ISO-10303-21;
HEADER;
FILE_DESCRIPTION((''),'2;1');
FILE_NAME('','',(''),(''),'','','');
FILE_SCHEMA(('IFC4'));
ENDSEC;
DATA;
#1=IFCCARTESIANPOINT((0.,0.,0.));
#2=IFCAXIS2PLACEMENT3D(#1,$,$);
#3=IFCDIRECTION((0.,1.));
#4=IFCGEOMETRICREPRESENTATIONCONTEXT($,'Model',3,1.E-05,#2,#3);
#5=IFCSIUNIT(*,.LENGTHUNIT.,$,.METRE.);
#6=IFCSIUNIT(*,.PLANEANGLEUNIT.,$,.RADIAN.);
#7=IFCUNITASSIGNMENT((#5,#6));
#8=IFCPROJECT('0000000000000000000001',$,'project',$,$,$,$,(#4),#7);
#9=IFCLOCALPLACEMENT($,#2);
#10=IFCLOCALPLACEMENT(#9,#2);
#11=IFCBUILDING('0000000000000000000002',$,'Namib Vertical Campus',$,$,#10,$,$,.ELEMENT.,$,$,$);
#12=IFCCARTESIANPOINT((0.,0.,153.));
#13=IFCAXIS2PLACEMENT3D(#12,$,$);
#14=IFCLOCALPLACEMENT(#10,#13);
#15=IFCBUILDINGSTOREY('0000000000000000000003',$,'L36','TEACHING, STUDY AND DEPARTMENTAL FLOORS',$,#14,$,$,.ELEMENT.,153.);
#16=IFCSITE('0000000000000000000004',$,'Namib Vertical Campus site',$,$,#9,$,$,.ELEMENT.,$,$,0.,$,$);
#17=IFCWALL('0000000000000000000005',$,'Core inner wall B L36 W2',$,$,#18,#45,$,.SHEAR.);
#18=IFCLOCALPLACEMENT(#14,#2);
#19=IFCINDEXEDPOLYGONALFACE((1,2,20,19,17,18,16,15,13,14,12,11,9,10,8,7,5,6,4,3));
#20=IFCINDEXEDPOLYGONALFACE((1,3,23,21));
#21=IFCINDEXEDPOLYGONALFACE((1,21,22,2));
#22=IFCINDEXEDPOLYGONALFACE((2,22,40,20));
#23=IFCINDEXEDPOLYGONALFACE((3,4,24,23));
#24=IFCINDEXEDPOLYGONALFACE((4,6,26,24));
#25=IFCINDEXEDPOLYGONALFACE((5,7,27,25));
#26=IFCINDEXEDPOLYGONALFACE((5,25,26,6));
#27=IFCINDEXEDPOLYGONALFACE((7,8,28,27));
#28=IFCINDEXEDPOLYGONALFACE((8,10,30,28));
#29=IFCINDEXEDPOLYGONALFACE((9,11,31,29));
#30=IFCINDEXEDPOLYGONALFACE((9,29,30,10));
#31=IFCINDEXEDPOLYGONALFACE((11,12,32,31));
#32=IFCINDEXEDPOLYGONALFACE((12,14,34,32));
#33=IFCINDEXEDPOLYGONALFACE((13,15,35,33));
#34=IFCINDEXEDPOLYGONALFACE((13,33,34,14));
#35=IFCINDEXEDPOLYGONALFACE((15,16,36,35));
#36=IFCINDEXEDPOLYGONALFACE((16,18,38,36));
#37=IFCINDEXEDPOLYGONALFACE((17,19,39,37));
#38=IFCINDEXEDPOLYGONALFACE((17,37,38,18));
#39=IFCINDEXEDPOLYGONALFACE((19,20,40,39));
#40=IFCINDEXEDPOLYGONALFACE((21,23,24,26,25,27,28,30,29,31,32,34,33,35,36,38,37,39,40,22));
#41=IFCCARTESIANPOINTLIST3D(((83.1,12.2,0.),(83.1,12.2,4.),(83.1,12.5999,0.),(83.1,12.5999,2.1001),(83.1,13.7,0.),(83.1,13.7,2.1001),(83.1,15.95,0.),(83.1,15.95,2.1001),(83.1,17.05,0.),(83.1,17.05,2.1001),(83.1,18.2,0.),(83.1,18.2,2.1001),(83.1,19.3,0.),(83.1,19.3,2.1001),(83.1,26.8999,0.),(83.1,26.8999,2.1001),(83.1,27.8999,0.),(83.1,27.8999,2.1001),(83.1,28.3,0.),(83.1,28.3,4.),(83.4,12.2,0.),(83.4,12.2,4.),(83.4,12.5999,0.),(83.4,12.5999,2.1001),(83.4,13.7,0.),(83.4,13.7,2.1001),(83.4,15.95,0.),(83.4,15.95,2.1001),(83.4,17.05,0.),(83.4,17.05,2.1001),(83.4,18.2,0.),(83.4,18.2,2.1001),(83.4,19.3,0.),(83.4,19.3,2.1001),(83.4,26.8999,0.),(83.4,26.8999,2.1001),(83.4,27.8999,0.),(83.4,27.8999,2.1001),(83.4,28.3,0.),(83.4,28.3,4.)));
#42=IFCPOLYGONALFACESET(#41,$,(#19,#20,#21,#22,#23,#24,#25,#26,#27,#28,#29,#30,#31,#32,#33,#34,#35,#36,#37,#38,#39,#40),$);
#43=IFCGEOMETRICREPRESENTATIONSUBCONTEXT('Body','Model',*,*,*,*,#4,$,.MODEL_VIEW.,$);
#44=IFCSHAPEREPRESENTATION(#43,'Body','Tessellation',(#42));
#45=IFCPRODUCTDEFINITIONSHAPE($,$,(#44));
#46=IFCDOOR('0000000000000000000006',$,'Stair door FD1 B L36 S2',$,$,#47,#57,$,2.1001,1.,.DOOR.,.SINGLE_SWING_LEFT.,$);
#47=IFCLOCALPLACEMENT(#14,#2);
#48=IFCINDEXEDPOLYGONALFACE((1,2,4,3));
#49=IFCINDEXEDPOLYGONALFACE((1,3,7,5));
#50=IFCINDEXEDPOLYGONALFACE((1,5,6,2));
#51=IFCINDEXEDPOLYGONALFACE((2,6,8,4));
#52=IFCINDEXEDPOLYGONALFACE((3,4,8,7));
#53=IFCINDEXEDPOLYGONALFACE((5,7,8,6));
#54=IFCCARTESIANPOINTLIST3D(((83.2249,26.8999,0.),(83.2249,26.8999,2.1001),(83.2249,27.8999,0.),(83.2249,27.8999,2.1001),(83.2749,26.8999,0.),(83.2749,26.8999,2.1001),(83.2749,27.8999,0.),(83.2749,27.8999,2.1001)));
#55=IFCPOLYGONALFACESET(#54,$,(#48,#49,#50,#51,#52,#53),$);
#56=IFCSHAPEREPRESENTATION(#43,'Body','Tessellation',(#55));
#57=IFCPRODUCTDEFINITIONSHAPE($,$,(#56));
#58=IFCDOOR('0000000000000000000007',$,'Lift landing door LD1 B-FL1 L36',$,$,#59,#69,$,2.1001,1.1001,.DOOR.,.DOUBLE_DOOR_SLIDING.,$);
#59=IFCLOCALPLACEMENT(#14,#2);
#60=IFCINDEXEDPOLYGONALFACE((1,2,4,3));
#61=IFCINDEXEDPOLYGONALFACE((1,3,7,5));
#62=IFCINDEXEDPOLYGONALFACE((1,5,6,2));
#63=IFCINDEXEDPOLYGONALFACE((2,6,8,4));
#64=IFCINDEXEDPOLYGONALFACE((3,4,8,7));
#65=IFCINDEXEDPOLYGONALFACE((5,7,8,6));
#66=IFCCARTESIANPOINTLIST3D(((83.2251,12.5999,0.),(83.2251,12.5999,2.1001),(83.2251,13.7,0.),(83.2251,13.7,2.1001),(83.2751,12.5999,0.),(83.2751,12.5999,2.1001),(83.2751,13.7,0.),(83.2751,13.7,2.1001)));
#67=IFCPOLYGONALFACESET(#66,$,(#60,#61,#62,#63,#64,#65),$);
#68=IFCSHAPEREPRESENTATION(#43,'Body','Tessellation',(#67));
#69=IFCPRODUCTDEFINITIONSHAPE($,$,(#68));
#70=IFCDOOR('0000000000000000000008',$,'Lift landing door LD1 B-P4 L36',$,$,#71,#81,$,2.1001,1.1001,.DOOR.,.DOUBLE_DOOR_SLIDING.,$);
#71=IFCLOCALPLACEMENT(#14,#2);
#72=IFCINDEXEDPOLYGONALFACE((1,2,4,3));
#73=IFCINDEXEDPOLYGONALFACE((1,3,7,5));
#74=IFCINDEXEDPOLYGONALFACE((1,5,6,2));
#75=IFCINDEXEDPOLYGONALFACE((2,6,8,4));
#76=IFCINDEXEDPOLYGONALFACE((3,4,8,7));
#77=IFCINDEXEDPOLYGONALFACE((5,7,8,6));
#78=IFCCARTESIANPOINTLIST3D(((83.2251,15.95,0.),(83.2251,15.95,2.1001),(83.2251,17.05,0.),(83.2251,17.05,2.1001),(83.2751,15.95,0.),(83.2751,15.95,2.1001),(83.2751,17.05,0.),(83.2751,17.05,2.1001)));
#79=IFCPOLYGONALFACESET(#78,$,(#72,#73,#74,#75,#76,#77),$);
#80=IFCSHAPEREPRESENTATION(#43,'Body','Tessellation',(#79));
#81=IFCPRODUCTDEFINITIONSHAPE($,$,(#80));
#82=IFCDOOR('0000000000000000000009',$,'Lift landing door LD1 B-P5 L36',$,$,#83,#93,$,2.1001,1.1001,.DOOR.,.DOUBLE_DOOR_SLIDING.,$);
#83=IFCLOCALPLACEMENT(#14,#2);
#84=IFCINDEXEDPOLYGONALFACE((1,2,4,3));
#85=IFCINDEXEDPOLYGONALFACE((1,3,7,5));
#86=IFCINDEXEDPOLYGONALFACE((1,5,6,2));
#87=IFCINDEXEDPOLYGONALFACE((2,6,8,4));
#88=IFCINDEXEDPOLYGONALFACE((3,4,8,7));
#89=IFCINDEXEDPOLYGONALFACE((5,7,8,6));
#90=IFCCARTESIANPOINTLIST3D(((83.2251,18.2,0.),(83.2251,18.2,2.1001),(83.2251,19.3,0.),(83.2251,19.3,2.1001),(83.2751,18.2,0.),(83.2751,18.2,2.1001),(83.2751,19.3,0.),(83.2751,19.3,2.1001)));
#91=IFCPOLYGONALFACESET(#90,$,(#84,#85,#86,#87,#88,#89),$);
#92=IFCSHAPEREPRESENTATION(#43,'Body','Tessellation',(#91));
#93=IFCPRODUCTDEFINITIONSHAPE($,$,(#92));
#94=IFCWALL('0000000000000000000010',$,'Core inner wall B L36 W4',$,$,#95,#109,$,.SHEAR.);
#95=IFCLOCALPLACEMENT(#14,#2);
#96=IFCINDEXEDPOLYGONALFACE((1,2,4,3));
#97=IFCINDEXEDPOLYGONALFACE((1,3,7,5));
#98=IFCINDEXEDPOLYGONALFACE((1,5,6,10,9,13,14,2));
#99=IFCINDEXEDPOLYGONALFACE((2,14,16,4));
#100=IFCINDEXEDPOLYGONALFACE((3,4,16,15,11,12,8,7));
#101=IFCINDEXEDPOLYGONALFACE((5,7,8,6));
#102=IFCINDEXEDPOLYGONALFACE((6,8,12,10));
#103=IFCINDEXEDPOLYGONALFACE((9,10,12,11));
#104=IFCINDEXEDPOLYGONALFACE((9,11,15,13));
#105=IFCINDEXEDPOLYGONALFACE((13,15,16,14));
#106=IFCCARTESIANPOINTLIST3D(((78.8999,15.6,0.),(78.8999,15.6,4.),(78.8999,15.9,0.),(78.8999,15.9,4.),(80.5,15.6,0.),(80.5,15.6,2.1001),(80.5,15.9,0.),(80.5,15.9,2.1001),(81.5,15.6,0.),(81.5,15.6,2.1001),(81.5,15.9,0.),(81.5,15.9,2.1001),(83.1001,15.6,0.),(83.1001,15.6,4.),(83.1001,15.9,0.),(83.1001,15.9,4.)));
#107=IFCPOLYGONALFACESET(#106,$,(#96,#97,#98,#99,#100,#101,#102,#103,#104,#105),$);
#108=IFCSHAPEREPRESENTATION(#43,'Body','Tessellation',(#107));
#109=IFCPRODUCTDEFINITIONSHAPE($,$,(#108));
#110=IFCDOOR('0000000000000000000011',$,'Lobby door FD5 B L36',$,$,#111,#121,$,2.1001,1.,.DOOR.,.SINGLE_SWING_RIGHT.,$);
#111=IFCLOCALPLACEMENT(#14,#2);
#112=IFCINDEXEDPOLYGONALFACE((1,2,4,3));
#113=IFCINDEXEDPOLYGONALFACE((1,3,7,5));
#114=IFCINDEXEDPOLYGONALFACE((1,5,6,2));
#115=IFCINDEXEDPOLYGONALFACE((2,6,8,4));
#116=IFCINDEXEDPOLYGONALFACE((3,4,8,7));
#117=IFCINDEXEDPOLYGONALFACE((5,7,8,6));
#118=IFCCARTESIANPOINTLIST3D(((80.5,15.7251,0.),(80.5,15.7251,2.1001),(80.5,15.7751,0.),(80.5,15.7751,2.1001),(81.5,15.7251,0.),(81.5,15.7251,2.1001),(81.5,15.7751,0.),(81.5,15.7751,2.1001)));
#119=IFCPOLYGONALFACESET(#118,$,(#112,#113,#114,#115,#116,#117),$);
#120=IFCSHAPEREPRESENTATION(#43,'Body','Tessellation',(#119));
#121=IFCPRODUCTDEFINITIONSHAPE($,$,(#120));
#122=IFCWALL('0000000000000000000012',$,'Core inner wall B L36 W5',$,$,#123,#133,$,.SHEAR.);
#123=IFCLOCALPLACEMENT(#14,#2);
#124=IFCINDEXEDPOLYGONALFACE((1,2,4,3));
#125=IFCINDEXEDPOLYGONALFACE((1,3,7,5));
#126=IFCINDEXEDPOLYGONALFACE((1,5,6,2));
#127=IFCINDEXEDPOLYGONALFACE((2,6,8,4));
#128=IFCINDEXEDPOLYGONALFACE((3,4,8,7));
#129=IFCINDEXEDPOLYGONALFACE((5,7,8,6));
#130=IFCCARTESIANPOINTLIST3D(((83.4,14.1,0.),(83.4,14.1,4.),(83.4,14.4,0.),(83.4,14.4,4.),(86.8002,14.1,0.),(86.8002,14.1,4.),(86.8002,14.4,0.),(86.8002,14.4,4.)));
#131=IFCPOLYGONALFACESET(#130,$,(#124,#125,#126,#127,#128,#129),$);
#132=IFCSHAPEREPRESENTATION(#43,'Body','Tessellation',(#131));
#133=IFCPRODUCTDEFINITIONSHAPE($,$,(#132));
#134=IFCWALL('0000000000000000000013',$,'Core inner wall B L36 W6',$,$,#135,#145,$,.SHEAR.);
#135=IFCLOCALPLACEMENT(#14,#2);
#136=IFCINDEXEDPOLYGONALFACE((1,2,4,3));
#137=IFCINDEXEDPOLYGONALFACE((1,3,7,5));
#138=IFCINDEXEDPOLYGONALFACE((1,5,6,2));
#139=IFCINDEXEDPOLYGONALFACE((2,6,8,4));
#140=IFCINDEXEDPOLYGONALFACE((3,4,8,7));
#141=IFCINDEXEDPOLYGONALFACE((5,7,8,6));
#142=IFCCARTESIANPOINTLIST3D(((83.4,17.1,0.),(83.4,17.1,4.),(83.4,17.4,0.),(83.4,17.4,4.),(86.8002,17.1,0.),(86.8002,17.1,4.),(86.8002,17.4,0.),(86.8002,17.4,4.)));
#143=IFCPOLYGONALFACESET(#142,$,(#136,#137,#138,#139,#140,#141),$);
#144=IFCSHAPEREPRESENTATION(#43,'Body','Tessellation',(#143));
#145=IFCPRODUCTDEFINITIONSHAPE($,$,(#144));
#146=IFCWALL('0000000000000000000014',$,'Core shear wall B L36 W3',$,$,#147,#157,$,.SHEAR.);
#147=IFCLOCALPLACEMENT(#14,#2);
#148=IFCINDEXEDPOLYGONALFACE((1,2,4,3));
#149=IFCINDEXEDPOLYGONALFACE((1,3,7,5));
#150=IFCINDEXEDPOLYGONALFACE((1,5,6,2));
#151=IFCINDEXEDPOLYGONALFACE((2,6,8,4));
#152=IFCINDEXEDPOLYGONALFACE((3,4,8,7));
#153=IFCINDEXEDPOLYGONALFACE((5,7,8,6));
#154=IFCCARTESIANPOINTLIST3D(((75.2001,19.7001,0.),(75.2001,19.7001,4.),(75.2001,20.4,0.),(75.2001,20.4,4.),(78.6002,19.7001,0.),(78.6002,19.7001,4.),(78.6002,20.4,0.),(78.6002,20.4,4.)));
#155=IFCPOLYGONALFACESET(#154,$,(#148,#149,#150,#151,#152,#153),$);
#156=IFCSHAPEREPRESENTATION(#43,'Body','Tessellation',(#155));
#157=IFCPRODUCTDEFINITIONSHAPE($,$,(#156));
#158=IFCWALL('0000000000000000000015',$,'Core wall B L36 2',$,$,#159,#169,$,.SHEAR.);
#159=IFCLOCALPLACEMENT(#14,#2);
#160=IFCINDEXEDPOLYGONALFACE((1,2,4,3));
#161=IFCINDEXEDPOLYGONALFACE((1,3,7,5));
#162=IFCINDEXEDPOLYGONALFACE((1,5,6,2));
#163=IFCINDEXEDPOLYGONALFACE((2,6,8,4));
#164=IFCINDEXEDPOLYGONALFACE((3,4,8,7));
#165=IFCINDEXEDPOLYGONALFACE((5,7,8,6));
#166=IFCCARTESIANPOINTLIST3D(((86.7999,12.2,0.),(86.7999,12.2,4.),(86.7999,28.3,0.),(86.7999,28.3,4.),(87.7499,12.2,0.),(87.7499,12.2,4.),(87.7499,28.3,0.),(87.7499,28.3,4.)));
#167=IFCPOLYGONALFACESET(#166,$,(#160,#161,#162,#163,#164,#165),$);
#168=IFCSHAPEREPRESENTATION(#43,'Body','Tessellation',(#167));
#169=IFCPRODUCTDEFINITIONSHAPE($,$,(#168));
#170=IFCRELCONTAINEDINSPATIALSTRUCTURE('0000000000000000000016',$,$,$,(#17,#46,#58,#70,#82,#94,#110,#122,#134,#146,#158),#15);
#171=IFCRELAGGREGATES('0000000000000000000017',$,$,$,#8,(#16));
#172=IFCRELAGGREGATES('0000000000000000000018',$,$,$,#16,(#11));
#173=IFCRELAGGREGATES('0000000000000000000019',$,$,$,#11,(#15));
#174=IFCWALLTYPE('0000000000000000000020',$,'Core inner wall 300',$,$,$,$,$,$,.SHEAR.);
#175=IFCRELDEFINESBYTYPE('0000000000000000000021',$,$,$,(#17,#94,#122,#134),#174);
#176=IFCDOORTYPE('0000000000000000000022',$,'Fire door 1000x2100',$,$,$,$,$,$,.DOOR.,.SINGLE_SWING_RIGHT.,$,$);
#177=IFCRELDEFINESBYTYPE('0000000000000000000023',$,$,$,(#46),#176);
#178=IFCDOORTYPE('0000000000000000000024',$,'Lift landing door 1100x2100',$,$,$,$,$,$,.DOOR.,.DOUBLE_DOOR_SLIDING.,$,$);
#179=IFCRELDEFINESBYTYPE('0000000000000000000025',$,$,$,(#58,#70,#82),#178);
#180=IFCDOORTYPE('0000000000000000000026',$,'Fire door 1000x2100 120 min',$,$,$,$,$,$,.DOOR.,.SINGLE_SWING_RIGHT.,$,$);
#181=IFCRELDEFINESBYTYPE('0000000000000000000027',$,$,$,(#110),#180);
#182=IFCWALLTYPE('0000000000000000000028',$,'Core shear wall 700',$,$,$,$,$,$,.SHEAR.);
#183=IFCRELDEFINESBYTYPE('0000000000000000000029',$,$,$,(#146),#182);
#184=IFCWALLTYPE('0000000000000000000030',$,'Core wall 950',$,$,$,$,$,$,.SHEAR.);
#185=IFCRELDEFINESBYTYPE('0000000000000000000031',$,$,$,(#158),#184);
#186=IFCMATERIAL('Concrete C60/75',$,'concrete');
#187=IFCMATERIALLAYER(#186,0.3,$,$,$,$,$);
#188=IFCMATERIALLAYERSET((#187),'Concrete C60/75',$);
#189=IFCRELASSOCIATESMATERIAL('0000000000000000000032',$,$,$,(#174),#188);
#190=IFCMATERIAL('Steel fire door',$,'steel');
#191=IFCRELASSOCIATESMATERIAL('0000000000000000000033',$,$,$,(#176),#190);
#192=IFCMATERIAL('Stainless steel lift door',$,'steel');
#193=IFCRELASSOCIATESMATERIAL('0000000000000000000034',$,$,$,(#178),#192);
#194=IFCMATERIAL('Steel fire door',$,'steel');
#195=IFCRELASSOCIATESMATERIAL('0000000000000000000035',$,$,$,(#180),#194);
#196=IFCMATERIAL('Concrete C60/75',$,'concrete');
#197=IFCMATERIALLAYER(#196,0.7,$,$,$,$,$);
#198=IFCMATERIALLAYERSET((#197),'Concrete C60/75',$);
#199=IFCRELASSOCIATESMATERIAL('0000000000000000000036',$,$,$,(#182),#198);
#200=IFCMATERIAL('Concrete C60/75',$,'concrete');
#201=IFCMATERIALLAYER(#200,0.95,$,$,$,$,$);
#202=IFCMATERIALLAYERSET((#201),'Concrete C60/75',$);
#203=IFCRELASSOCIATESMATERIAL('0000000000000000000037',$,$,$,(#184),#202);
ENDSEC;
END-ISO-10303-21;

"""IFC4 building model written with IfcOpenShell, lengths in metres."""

from ifc_helpers import new_model, si_unit, direction, frame, frame_2d, origin, place, context, subcontext, project, spatial, rectangle, extrude, material, layer, layer_set, type_object, element, fill, save


model = new_model("IFC4")

# Units and contexts
model_context = context("Model", 3, precision=1e-05, world=origin(), true_north=direction((0.0, 1.0)))
body_context = subcontext(model_context, "Body", "Model", "MODEL_VIEW")
ifc_project = project(units=[si_unit("LENGTHUNIT", "METRE"), si_unit("PLANEANGLEUNIT", "RADIAN")], contexts=[model_context])

# Site, building, storey
site_placement = place(None, origin())
site = spatial("IfcSite", under=ifc_project, at=site_placement, Name="Namib Vertical Campus site", CompositionType="ELEMENT", RefElevation=0.0)
building_placement = place(site_placement, origin())
building = spatial("IfcBuilding", under=site, at=building_placement, Name="Namib Vertical Campus", CompositionType="ELEMENT")
storey_placement = place(building_placement, frame((0.0, 0.0, 153.0)))
storey = spatial("IfcBuildingStorey", under=building, at=storey_placement, Name="L36", Description="TEACHING, STUDY AND DEPARTMENTAL FLOORS", CompositionType="ELEMENT", Elevation=153.0)

# Wall, openings, doors
ifc_material_1 = material(Name="Concrete C60/75", Category="concrete")
ifc_layer_1 = layer(ifc_material_1, 0.3)
ifc_layer_set_1 = layer_set([ifc_layer_1], Name="Concrete C60/75")
wall_type_1 = type_object("IfcWallType", Name="Core inner wall 300", PredefinedType="SHEAR", material=ifc_layer_set_1)
ifc_material_2 = material(Name="Steel fire door", Category="steel")
door_type_1 = type_object("IfcDoorType", Name="Fire door 1000x2100", OperationType="SINGLE_SWING_RIGHT", PredefinedType="DOOR", material=ifc_material_2)
ifc_material_3 = material(Name="Stainless steel lift door", Category="steel")
door_type_2 = type_object("IfcDoorType", Name="Lift landing door 1100x2100", OperationType="DOUBLE_DOOR_SLIDING", PredefinedType="DOOR", material=ifc_material_3)
wall_1_placement = place(storey_placement, frame((83.25, 12.2, 0.0), z_axis=(0.0, 0.0, 1.0), x_axis=(0.0, 1.0, 0.0)))
wall_1 = element("IfcWall", 1, at=wall_1_placement, inside=storey, type_object=wall_type_1, Name="Core inner wall B L36 W2", PredefinedType="SHEAR", context=body_context, shape_type="SweptSolid", body=[
    extrude(rectangle(XDim=16.1001, YDim=0.3, at=frame_2d((8.05, 0.0))), origin(), (0.0, 0.0, 1.0), 4.0),
])
opening_1_placement = place(wall_1_placement, frame((14.7, 0.0, 0.0)))
opening_1 = element("IfcOpeningElement", 2, at=opening_1_placement, cuts=wall_1, PredefinedType="OPENING", context=body_context, shape_type="SweptSolid", body=[
    extrude(rectangle(XDim=1.0, YDim=2.1001, at=frame_2d((0.5, 1.05))), frame((0.0, 0.1599, 0.0), z_axis=(0.0, -1.0, 0.0), x_axis=(1.0, 0.0, 0.0)), (0.0, 0.0, 1.0), 0.3201),
])
opening_2_placement = place(wall_1_placement, frame((0.3999, 0.0, 0.0)))
opening_2 = element("IfcOpeningElement", 3, at=opening_2_placement, cuts=wall_1, PredefinedType="OPENING", context=body_context, shape_type="SweptSolid", body=[
    extrude(rectangle(XDim=1.1001, YDim=2.1001, at=frame_2d((0.55, 1.05))), frame((0.0, 0.1599, 0.0), z_axis=(0.0, -1.0, 0.0), x_axis=(1.0, 0.0, 0.0)), (0.0, 0.0, 1.0), 0.3201),
])
opening_3_placement = place(wall_1_placement, frame((3.75, 0.0, 0.0)))
opening_3 = element("IfcOpeningElement", 4, at=opening_3_placement, cuts=wall_1, PredefinedType="OPENING", context=body_context, shape_type="SweptSolid", body=[
    extrude(rectangle(XDim=1.1001, YDim=2.1001, at=frame_2d((0.55, 1.05))), frame((0.0, 0.1599, 0.0), z_axis=(0.0, -1.0, 0.0), x_axis=(1.0, 0.0, 0.0)), (0.0, 0.0, 1.0), 0.3201),
])
opening_4_placement = place(wall_1_placement, frame((6.0, 0.0, 0.0)))
opening_4 = element("IfcOpeningElement", 5, at=opening_4_placement, cuts=wall_1, PredefinedType="OPENING", context=body_context, shape_type="SweptSolid", body=[
    extrude(rectangle(XDim=1.1001, YDim=2.1001, at=frame_2d((0.55, 1.05))), frame((0.0, 0.1599, 0.0), z_axis=(0.0, -1.0, 0.0), x_axis=(1.0, 0.0, 0.0)), (0.0, 0.0, 1.0), 0.3201),
])
door_1_placement = place(opening_1_placement, frame((1.0, 0.0, 0.0), z_axis=(0.0, 0.0, 1.0), x_axis=(-1.0, 0.0, 0.0)))
door_1 = element("IfcDoor", 6, at=door_1_placement, inside=storey, type_object=door_type_1, Name="Stair door FD1 B L36 S2", OperationType="SINGLE_SWING_LEFT", OverallHeight=2.1001, OverallWidth=1.0, PredefinedType="DOOR", context=body_context, shape_type="SweptSolid", body=[
    extrude(rectangle(XDim=1.0, YDim=2.1001, at=frame_2d((0.5, 1.05))), frame((0.0, 0.0249, 0.0), z_axis=(0.0, -1.0, 0.0), x_axis=(1.0, 0.0, 0.0)), (0.0, 0.0, 1.0), 0.05),
])
fill(opening_1, door_1)
door_2_placement = place(opening_2_placement, origin())
door_2 = element("IfcDoor", 7, at=door_2_placement, inside=storey, type_object=door_type_2, Name="Lift landing door LD1 B-FL1 L36", OperationType="DOUBLE_DOOR_SLIDING", OverallHeight=2.1001, OverallWidth=1.1001, PredefinedType="DOOR", context=body_context, shape_type="SweptSolid", body=[
    extrude(rectangle(XDim=1.1001, YDim=2.1001, at=frame_2d((0.55, 1.05))), frame((0.0, 0.0249, 0.0), z_axis=(0.0, -1.0, 0.0), x_axis=(1.0, 0.0, 0.0)), (0.0, 0.0, 1.0), 0.05),
])
fill(opening_2, door_2)
door_3_placement = place(opening_3_placement, origin())
door_3 = element("IfcDoor", 8, at=door_3_placement, inside=storey, type_object=door_type_2, Name="Lift landing door LD1 B-P4 L36", OperationType="DOUBLE_DOOR_SLIDING", OverallHeight=2.1001, OverallWidth=1.1001, PredefinedType="DOOR", context=body_context, shape_type="SweptSolid", body=[
    extrude(rectangle(XDim=1.1001, YDim=2.1001, at=frame_2d((0.55, 1.05))), frame((0.0, 0.0249, 0.0), z_axis=(0.0, -1.0, 0.0), x_axis=(1.0, 0.0, 0.0)), (0.0, 0.0, 1.0), 0.05),
])
fill(opening_3, door_3)
door_4_placement = place(opening_4_placement, origin())
door_4 = element("IfcDoor", 9, at=door_4_placement, inside=storey, type_object=door_type_2, Name="Lift landing door LD1 B-P5 L36", OperationType="DOUBLE_DOOR_SLIDING", OverallHeight=2.1001, OverallWidth=1.1001, PredefinedType="DOOR", context=body_context, shape_type="SweptSolid", body=[
    extrude(rectangle(XDim=1.1001, YDim=2.1001, at=frame_2d((0.55, 1.05))), frame((0.0, 0.0249, 0.0), z_axis=(0.0, -1.0, 0.0), x_axis=(1.0, 0.0, 0.0)), (0.0, 0.0, 1.0), 0.05),
])
fill(opening_4, door_4)

# Wall, opening, door
wall_2_placement = place(storey_placement, frame((78.8999, 15.75, 0.0), z_axis=(0.0, 0.0, 1.0), x_axis=(1.0, 0.0, 0.0)))
wall_2 = element("IfcWall", 10, at=wall_2_placement, inside=storey, type_object=wall_type_1, Name="Core inner wall B L36 W4", PredefinedType="SHEAR", context=body_context, shape_type="SweptSolid", body=[
    extrude(rectangle(XDim=4.2002, YDim=0.3, at=frame_2d((2.1001, 0.0))), origin(), (0.0, 0.0, 1.0), 4.0),
])
opening_5_placement = place(wall_2_placement, frame((1.6001, 0.0, 0.0)))
opening_5 = element("IfcOpeningElement", 11, at=opening_5_placement, cuts=wall_2, PredefinedType="OPENING", context=body_context, shape_type="SweptSolid", body=[
    extrude(rectangle(XDim=1.0, YDim=2.1001, at=frame_2d((0.5, 1.05))), frame((0.0, 0.1599, 0.0), z_axis=(0.0, -1.0, 0.0), x_axis=(1.0, 0.0, 0.0)), (0.0, 0.0, 1.0), 0.3201),
])
ifc_material_4 = material(Name="Steel fire door", Category="steel")
door_type_3 = type_object("IfcDoorType", Name="Fire door 1000x2100 120 min", OperationType="SINGLE_SWING_RIGHT", PredefinedType="DOOR", material=ifc_material_4)
door_5_placement = place(opening_5_placement, frame((1.0, 0.0, 0.0), z_axis=(0.0, 0.0, 1.0), x_axis=(-1.0, 0.0, 0.0)))
door_5 = element("IfcDoor", 12, at=door_5_placement, inside=storey, type_object=door_type_3, Name="Lobby door FD5 B L36", OperationType="SINGLE_SWING_RIGHT", OverallHeight=2.1001, OverallWidth=1.0, PredefinedType="DOOR", context=body_context, shape_type="SweptSolid", body=[
    extrude(rectangle(XDim=1.0, YDim=2.1001, at=frame_2d((0.5, 1.05))), frame((0.0, 0.0249, 0.0), z_axis=(0.0, -1.0, 0.0), x_axis=(1.0, 0.0, 0.0)), (0.0, 0.0, 1.0), 0.05),
])
fill(opening_5, door_5)

# Walls
for number, where, z_axis, x_axis, name in (
    (13, (83.3999, 14.25, 0.0), (0.0, 0.0, 1.0), (1.0, 0.0, 0.0), "Core inner wall B L36 W5"),
    (14, (83.3999, 17.25, 0.0), (0.0, 0.0, 1.0), (1.0, 0.0, 0.0), "Core inner wall B L36 W6"),
):
    element("IfcWall", number, at=place(storey_placement, frame(where, z_axis=z_axis, x_axis=x_axis)), inside=storey, type_object=wall_type_1, Name=name, PredefinedType="SHEAR", context=body_context, shape_type="SweptSolid", body=[
        extrude(rectangle(XDim=3.4001, YDim=0.3, at=frame_2d((1.7002, 0.0))), origin(), (0.0, 0.0, 1.0), 4.0),
    ])
ifc_material_5 = material(Name="Concrete C60/75", Category="concrete")
ifc_layer_2 = layer(ifc_material_5, 0.7)
ifc_layer_set_2 = layer_set([ifc_layer_2], Name="Concrete C60/75")
wall_type_2 = type_object("IfcWallType", Name="Core shear wall 700", PredefinedType="SHEAR", material=ifc_layer_set_2)
wall_3_placement = place(storey_placement, frame((75.2, 20.05, 0.0), z_axis=(0.0, 0.0, 1.0), x_axis=(1.0, 0.0, 0.0)))
element("IfcWall", 15, at=wall_3_placement, inside=storey, type_object=wall_type_2, Name="Core shear wall B L36 W3", PredefinedType="SHEAR", context=body_context, shape_type="SweptSolid", body=[
    extrude(rectangle(XDim=3.4001, YDim=0.7, at=frame_2d((1.7002, 0.0))), origin(), (0.0, 0.0, 1.0), 4.0),
])
ifc_material_6 = material(Name="Concrete C60/75", Category="concrete")
ifc_layer_3 = layer(ifc_material_6, 0.95)
ifc_layer_set_3 = layer_set([ifc_layer_3], Name="Concrete C60/75")
wall_type_3 = type_object("IfcWallType", Name="Core wall 950", PredefinedType="SHEAR", material=ifc_layer_set_3)
wall_4_placement = place(storey_placement, frame((87.2749, 12.2, 0.0), z_axis=(0.0, 0.0, 1.0), x_axis=(0.0, 1.0, 0.0)))
element("IfcWall", 16, at=wall_4_placement, inside=storey, type_object=wall_type_3, Name="Core wall B L36 2", PredefinedType="SHEAR", context=body_context, shape_type="SweptSolid", body=[
    extrude(rectangle(XDim=16.1001, YDim=0.95, at=frame_2d((8.05, 0.0))), origin(), (0.0, 0.0, 1.0), 4.0),
])

save(model, "model.ifc")
